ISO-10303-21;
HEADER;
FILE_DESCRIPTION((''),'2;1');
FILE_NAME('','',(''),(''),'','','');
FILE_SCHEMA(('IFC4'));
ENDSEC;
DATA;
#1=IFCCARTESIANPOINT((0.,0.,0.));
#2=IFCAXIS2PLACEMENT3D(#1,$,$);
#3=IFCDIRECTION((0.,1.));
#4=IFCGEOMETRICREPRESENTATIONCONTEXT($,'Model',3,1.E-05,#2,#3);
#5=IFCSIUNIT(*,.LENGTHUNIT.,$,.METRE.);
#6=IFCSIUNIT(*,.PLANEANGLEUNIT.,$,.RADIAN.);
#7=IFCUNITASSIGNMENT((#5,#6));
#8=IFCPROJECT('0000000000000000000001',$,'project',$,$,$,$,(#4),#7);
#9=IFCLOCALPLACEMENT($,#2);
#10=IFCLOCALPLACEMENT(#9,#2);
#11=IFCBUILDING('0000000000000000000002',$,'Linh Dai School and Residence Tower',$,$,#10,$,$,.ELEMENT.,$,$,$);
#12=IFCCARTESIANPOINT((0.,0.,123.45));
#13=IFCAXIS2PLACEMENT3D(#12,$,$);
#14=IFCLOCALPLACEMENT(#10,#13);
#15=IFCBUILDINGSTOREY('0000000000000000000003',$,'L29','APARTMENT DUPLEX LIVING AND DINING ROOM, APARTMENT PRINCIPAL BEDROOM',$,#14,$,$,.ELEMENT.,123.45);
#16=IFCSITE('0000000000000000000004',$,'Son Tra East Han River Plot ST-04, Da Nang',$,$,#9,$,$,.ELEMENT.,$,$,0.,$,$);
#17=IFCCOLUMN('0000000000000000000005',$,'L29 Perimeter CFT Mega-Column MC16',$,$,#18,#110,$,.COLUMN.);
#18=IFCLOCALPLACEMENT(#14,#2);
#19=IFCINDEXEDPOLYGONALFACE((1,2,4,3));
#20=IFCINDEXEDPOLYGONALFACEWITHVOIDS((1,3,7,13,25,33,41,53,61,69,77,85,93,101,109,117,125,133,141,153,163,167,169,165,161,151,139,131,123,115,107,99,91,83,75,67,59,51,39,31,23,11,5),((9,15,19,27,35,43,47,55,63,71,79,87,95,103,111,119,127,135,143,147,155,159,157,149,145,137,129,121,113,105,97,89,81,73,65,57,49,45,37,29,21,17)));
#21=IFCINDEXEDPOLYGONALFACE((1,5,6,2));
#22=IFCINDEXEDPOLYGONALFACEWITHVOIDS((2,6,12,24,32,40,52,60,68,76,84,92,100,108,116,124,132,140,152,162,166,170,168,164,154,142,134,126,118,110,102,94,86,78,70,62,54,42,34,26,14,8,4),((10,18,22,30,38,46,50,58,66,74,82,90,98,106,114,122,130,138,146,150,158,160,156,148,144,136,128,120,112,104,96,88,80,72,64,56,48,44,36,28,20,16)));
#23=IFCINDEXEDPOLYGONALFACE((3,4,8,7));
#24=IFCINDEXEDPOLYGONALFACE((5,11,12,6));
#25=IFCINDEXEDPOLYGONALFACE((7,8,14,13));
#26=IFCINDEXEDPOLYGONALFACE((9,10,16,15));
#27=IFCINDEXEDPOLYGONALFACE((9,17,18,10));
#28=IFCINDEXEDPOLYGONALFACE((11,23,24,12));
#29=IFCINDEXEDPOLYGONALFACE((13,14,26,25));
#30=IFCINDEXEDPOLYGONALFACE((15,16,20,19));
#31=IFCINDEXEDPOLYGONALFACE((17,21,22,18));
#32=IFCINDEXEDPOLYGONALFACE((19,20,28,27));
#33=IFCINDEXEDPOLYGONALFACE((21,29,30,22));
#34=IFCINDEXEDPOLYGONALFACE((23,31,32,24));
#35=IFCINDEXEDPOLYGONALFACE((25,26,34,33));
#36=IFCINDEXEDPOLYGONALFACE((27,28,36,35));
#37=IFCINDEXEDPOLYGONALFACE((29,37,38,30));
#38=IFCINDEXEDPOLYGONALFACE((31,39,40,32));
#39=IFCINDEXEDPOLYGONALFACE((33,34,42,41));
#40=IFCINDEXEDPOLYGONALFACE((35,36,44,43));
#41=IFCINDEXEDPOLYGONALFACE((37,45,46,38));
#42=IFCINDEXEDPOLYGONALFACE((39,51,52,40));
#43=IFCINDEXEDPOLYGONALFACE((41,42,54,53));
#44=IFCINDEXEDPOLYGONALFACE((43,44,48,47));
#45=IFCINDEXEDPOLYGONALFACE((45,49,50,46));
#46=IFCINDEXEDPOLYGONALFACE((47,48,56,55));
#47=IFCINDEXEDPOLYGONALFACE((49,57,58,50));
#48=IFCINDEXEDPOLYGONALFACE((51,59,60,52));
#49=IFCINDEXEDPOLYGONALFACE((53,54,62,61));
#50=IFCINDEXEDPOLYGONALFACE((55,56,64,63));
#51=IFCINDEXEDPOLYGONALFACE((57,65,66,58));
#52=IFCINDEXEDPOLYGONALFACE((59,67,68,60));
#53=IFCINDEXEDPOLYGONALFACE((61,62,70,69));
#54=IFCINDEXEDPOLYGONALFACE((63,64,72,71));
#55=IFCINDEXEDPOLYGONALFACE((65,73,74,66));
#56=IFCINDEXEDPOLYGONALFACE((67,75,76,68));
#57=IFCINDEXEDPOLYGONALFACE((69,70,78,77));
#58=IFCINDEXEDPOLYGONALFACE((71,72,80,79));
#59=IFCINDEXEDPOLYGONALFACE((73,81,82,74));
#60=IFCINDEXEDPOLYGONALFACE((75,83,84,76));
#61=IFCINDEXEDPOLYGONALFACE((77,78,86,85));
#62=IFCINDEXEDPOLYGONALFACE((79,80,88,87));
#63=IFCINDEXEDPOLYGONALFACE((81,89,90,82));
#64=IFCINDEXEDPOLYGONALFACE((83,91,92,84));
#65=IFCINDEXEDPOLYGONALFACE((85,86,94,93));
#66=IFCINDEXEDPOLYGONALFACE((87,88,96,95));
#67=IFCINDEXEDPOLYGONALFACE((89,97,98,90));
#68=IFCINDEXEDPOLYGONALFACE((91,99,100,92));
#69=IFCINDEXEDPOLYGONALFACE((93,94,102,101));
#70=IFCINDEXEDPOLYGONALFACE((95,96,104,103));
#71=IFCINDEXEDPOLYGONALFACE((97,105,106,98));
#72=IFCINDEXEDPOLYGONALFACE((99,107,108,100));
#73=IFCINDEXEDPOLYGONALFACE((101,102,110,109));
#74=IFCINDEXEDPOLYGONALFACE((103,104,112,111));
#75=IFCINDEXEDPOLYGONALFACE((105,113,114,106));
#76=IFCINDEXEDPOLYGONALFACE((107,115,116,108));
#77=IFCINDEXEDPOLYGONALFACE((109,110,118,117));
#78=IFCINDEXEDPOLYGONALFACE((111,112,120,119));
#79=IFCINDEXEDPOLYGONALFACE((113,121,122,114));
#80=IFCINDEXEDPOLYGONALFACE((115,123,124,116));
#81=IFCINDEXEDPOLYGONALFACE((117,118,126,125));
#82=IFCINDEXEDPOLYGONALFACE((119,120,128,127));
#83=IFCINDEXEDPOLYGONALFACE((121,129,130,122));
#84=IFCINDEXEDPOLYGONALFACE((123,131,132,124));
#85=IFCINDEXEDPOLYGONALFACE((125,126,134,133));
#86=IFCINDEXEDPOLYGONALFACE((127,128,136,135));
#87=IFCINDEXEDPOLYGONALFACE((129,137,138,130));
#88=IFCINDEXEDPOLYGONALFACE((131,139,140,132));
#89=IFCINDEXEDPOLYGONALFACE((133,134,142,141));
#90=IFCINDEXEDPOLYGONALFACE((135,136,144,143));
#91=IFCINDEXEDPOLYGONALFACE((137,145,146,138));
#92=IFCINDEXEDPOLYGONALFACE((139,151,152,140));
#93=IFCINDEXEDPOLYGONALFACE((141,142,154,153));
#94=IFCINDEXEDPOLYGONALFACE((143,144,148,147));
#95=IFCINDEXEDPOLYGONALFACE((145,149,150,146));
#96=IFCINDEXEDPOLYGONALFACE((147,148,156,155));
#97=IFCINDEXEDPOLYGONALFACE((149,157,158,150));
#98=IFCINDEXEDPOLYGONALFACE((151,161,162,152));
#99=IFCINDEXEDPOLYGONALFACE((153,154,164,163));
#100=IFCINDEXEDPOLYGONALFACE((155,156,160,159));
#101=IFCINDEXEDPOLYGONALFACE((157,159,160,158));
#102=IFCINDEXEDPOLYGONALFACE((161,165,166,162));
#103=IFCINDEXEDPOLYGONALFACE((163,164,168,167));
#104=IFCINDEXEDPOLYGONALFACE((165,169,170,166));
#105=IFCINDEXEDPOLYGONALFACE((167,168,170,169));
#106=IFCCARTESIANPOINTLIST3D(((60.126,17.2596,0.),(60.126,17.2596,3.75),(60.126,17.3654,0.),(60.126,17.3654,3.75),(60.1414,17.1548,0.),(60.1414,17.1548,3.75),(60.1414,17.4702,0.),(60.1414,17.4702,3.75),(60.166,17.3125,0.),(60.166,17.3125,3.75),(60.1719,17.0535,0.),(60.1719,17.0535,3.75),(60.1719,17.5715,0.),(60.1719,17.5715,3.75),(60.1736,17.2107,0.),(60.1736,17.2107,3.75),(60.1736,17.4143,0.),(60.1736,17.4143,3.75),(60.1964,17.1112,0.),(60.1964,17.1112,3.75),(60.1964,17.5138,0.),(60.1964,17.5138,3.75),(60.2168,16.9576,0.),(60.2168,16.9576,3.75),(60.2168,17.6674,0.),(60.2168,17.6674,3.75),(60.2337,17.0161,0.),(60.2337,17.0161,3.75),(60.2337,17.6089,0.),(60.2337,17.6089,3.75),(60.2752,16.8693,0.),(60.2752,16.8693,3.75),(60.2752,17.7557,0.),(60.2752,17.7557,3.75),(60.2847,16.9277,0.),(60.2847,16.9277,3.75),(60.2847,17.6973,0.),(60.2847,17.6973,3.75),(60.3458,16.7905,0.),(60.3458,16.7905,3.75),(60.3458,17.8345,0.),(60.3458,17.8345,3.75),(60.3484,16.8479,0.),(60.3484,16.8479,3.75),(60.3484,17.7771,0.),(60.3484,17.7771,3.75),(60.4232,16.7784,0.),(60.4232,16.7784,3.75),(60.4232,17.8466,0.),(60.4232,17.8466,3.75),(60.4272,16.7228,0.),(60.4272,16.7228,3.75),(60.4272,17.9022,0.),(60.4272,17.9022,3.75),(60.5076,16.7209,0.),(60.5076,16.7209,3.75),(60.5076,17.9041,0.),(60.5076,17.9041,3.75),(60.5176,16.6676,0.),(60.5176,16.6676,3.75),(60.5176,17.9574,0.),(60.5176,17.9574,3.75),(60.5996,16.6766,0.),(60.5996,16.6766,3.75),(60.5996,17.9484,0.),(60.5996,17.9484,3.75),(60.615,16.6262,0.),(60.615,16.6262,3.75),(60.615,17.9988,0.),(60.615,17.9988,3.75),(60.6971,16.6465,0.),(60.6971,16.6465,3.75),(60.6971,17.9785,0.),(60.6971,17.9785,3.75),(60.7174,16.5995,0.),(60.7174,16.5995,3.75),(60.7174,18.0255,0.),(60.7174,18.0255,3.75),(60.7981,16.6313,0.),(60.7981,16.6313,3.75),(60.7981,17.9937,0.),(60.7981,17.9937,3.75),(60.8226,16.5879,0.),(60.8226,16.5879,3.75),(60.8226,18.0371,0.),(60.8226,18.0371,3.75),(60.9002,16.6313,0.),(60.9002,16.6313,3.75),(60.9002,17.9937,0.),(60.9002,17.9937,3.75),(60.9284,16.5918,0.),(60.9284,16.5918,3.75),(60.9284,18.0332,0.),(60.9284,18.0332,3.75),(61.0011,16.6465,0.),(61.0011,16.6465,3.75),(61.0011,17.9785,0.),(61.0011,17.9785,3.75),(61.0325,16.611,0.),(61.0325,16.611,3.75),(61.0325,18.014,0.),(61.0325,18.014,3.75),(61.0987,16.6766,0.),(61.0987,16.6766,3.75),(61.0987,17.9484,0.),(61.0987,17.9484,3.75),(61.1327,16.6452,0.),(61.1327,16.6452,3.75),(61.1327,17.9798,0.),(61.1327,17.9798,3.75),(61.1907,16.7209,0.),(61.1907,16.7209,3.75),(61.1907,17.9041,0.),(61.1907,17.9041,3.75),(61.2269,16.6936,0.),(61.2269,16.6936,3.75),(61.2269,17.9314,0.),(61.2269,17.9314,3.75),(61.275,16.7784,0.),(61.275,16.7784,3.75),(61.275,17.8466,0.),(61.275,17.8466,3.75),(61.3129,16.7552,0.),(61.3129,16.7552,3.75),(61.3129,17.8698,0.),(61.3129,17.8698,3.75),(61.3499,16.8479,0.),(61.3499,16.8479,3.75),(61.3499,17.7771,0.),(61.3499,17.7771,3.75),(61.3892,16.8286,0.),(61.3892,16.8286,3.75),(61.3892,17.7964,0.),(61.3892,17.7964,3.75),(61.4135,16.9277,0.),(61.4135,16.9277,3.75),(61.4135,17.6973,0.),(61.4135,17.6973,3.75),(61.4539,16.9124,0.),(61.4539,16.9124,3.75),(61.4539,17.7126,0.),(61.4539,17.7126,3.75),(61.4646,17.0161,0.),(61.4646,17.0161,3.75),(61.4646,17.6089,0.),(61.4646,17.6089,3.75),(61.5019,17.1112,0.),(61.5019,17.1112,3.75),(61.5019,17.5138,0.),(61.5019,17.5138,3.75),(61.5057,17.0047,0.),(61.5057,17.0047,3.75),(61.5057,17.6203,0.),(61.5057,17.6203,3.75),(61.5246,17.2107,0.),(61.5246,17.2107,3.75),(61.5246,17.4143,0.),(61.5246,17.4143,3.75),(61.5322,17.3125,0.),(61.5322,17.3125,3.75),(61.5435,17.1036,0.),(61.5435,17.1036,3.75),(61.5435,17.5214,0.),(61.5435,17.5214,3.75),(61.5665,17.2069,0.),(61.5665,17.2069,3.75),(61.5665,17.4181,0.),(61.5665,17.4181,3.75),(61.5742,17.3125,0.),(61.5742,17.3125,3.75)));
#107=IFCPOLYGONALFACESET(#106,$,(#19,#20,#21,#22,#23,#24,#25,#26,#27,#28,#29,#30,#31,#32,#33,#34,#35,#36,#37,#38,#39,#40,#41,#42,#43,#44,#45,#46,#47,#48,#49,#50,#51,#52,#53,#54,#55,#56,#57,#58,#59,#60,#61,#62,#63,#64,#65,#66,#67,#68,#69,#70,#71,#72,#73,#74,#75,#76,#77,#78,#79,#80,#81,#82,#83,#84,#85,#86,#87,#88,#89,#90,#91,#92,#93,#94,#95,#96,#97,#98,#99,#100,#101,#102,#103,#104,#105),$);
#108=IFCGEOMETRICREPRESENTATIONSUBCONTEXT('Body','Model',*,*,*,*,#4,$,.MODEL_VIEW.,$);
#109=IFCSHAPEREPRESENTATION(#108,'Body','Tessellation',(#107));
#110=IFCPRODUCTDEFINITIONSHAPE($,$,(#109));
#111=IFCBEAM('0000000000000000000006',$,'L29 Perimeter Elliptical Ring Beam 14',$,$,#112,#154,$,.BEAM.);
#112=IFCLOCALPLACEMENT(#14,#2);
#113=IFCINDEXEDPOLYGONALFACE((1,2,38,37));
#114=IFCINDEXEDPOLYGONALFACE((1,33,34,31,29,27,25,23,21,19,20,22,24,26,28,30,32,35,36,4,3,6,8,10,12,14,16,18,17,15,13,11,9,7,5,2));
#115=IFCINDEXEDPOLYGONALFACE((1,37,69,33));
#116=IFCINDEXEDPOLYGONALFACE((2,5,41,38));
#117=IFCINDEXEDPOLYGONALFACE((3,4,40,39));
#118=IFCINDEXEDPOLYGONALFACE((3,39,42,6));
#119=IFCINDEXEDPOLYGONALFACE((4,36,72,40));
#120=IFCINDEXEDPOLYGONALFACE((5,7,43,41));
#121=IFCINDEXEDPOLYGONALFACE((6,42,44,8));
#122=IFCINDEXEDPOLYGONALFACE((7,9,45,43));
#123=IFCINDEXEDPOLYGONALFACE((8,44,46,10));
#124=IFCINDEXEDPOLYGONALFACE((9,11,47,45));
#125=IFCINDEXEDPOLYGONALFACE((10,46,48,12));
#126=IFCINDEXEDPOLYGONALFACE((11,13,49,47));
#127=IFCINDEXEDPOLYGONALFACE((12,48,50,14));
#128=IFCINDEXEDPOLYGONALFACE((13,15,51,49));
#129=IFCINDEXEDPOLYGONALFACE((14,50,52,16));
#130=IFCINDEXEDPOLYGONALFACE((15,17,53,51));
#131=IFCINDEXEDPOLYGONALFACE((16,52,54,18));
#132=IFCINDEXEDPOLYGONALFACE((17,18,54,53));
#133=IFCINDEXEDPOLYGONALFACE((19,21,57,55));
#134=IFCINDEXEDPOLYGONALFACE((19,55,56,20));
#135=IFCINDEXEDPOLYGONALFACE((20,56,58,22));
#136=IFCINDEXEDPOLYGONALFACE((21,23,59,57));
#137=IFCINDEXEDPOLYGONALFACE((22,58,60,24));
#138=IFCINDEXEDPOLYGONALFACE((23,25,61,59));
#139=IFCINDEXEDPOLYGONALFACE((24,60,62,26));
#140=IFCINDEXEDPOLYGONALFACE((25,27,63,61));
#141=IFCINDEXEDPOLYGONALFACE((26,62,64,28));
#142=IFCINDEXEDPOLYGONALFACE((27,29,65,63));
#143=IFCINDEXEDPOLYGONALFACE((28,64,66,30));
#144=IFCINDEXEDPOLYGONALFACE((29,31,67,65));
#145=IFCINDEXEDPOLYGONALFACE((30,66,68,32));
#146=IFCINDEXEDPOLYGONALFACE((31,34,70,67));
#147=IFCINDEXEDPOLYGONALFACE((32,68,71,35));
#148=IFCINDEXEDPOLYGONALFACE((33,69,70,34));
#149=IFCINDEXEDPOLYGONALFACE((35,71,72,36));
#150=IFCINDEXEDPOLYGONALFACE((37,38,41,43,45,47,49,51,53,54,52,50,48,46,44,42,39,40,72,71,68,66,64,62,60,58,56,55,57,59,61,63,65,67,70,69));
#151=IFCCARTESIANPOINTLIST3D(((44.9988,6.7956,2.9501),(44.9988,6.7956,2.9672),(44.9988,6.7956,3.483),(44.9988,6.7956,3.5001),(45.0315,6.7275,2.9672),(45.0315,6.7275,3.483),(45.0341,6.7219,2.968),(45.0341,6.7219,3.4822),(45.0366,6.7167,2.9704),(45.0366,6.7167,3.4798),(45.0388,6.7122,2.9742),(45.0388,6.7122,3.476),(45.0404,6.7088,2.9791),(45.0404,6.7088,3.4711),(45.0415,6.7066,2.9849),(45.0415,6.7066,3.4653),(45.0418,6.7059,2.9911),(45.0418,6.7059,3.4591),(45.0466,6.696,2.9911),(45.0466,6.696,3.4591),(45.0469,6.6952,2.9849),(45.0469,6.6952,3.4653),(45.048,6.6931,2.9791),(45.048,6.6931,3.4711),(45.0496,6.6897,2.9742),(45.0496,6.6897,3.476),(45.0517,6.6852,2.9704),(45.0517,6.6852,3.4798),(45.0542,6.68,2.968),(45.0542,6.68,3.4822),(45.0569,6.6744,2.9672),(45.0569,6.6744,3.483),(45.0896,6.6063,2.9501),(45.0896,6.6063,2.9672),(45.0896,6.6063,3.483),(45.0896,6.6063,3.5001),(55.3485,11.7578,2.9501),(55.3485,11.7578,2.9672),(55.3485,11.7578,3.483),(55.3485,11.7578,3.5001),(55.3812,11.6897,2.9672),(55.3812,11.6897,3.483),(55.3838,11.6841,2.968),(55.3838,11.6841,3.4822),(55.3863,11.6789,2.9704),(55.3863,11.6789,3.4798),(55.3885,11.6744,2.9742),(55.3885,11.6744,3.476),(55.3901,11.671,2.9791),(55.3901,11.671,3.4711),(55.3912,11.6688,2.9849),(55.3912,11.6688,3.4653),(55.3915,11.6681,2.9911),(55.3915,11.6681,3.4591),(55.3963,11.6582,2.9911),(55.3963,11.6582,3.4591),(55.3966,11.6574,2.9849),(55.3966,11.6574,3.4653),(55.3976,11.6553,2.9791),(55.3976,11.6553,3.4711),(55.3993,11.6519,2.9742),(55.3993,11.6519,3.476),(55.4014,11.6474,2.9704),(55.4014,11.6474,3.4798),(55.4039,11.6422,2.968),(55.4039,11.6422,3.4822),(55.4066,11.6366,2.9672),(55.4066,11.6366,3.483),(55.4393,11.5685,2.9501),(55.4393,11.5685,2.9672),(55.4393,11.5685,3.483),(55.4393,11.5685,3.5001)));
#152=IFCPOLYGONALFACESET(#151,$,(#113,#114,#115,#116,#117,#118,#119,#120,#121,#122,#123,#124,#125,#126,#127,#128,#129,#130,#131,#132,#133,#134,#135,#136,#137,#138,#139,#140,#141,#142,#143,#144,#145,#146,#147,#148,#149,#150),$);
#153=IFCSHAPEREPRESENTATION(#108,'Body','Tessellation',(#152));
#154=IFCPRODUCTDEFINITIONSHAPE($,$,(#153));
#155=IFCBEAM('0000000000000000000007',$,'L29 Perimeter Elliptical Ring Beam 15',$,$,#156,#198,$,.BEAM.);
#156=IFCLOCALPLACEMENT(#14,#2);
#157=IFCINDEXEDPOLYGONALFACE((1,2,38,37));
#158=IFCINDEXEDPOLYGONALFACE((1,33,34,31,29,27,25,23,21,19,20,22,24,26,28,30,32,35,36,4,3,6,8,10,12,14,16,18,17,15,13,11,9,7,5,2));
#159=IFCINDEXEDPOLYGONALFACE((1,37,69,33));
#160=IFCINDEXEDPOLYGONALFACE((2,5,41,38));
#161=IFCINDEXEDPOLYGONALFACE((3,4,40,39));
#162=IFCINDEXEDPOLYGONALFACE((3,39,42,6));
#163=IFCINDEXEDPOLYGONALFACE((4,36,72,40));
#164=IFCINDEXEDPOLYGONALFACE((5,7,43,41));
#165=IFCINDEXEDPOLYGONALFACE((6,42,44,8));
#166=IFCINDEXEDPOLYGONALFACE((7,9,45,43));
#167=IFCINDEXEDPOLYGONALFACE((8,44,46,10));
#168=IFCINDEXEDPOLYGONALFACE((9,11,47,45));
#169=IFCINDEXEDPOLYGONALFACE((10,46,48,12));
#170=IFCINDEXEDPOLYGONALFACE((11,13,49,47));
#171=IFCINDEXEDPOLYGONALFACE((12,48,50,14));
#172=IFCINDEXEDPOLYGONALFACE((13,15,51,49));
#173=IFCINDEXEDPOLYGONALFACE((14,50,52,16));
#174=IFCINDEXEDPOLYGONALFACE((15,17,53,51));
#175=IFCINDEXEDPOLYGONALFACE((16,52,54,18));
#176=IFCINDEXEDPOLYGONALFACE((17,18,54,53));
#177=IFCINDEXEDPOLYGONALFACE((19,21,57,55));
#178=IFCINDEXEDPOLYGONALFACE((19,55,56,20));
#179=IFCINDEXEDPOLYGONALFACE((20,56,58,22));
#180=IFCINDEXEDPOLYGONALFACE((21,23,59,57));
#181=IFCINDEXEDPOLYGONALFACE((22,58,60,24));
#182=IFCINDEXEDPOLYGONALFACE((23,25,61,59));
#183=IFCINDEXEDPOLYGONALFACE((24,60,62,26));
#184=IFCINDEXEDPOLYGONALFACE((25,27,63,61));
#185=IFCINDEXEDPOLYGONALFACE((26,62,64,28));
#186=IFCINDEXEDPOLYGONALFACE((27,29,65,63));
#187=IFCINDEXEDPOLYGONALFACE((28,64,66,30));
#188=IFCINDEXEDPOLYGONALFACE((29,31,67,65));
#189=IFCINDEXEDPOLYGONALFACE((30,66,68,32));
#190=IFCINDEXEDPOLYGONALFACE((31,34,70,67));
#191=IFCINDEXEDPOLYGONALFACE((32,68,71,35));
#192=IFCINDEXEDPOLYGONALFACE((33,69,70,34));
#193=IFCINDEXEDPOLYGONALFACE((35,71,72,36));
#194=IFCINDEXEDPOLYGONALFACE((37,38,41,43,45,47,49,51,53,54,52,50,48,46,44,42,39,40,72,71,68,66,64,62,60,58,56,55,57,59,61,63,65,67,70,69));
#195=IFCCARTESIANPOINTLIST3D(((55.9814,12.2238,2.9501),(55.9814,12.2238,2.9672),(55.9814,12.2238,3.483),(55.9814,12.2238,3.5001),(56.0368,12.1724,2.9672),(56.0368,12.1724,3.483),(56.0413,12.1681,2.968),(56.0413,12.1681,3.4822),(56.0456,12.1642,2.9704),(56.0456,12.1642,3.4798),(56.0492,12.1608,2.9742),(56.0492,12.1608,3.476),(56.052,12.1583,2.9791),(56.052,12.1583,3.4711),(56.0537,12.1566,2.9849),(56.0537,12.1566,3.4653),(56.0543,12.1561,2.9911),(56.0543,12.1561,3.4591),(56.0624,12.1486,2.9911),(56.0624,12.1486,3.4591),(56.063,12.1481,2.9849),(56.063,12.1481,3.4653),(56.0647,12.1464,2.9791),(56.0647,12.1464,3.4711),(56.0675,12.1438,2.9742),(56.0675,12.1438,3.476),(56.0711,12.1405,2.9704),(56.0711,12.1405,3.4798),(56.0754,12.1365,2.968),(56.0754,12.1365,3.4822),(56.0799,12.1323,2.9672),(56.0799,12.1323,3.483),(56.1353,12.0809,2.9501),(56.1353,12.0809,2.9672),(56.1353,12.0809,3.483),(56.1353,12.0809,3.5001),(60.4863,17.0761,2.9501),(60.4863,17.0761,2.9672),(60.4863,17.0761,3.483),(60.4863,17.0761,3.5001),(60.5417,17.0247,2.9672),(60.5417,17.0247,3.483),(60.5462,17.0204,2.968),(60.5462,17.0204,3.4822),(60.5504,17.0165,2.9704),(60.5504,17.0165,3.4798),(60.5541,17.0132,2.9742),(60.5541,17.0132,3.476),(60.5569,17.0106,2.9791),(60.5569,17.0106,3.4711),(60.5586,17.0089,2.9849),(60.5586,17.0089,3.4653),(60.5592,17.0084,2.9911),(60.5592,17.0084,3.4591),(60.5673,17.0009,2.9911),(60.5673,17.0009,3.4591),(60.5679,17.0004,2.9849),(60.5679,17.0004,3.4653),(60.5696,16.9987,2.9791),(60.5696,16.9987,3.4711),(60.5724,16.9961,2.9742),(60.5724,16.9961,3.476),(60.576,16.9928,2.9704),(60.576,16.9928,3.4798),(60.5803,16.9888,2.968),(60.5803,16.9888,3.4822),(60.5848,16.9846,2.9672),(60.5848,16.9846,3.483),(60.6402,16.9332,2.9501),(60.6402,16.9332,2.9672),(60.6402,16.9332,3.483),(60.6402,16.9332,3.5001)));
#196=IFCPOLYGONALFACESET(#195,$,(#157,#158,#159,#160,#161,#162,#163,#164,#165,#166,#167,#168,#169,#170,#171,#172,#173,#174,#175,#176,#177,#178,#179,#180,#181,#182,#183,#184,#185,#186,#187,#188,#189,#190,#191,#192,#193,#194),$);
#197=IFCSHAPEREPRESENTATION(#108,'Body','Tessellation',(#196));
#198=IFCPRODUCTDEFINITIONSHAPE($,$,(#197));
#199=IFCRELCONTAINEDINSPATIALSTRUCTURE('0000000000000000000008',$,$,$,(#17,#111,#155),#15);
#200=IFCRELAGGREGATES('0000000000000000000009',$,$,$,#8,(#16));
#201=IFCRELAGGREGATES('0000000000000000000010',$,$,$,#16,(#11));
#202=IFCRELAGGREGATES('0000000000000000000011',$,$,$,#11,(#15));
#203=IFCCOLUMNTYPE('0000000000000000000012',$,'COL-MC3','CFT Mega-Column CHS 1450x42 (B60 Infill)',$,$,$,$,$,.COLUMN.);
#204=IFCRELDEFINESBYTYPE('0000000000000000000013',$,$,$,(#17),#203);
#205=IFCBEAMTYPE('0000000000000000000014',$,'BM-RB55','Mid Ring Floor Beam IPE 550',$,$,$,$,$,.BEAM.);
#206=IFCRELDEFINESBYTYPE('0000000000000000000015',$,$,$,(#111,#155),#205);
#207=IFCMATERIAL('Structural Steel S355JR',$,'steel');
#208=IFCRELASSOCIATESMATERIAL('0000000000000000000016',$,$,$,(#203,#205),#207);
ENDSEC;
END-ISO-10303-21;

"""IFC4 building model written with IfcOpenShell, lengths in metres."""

from ifc_helpers import new_model, si_unit, direction, frame, origin, origin_2d, place, context, subcontext, project, spatial, hollow_circle, i_section, extrude, material, material_profile, profile_set, type_object, element, save


model = new_model("IFC4")

# Units and contexts
model_context = context("Model", 3, precision=1e-05, world=origin(), true_north=direction((0.0, 1.0)))
body_context = subcontext(model_context, "Body", "Model", "MODEL_VIEW")
ifc_project = project(units=[si_unit("LENGTHUNIT", "METRE"), si_unit("PLANEANGLEUNIT", "RADIAN")], contexts=[model_context])

# Site, building, storey
site_placement = place(None, origin())
site = spatial("IfcSite", under=ifc_project, at=site_placement, Name="Son Tra East Han River Plot ST-04, Da Nang", CompositionType="ELEMENT", RefElevation=0.0)
building_placement = place(site_placement, origin())
building = spatial("IfcBuilding", under=site, at=building_placement, Name="Linh Dai School and Residence Tower", CompositionType="ELEMENT")
storey_placement = place(building_placement, frame((0.0, 0.0, 123.45)))
storey = spatial("IfcBuildingStorey", under=building, at=storey_placement, Name="L29", Description="APARTMENT DUPLEX LIVING AND DINING ROOM, APARTMENT PRINCIPAL BEDROOM", CompositionType="ELEMENT", Elevation=123.45)

# Column
ifc_material_1 = material(Name="Structural Steel S355JR", Category="steel")
ifc_material_profile_1 = material_profile(ifc_material_1, hollow_circle(Radius=0.7251, WallThickness=0.042, at=origin_2d()), Name="CHS 1450x42")
ifc_profile_set_1 = profile_set([ifc_material_profile_1], Name="Structural Steel S355JR")
column_type = type_object("IfcColumnType", Name="COL-MC3", Description="CFT Mega-Column CHS 1450x42 (B60 Infill)", PredefinedType="COLUMN", material=ifc_profile_set_1)
for number, where, z_axis, x_axis, name in (
    (1, (60.8491, 17.3125, 0.0), (0.0, 0.0, 1.0), (1.0, 0.0, 0.0), "L29 Perimeter CFT Mega-Column MC16"),
):
    element("IfcColumn", number, at=place(storey_placement, frame(where, z_axis=z_axis, x_axis=x_axis)), inside=storey, type_object=column_type, Name=name, PredefinedType="COLUMN", context=body_context, shape_type="SweptSolid", body=[
        extrude(hollow_circle(Radius=0.7251, WallThickness=0.042, at=origin_2d()), origin(), (0.0, 0.0, 1.0), 3.75),
    ])

# Beams
ifc_material_profile_2 = material_profile(ifc_material_1, i_section(OverallWidth=0.21, OverallDepth=0.55, WebThickness=0.011, FlangeThickness=0.0171, FilletRadius=0.0239, at=origin_2d()), Name="IPE 550")
ifc_profile_set_2 = profile_set([ifc_material_profile_2], Name="Structural Steel S355JR")
beam_type_1 = type_object("IfcBeamType", Name="BM-RB55", Description="Mid Ring Floor Beam IPE 550", PredefinedType="BEAM", material=ifc_profile_set_2)
beam_1_placement = place(storey_placement, frame((45.0442, 6.7009, 3.2251), z_axis=(0.901715, 0.432331, 0.0), x_axis=(-0.432331, 0.901715, 0.0)))
element("IfcBeam", 2, at=beam_1_placement, inside=storey, type_object=beam_type_1, Name="L29 Perimeter Elliptical Ring Beam 14", PredefinedType="BEAM", context=body_context, shape_type="SweptSolid", body=[
    extrude(i_section(OverallWidth=0.21, OverallDepth=0.55, WebThickness=0.011, FlangeThickness=0.0171, FilletRadius=0.0239, at=origin_2d()), origin(), (0.0, 0.0, 1.0), 11.4778),
])
beam_2_placement = place(storey_placement, frame((56.0583, 12.1523, 3.2251), z_axis=(0.680385, 0.732855, 0.0), x_axis=(-0.732855, 0.680385, 0.0)))
element("IfcBeam", 3, at=beam_2_placement, inside=storey, type_object=beam_type_1, Name="L29 Perimeter Elliptical Ring Beam 15", PredefinedType="BEAM", context=body_context, shape_type="SweptSolid", body=[
    extrude(i_section(OverallWidth=0.21, OverallDepth=0.55, WebThickness=0.011, FlangeThickness=0.0171, FilletRadius=0.0239, at=origin_2d()), origin(), (0.0, 0.0, 1.0), 6.6211),
])

save(model, "model.ifc")
